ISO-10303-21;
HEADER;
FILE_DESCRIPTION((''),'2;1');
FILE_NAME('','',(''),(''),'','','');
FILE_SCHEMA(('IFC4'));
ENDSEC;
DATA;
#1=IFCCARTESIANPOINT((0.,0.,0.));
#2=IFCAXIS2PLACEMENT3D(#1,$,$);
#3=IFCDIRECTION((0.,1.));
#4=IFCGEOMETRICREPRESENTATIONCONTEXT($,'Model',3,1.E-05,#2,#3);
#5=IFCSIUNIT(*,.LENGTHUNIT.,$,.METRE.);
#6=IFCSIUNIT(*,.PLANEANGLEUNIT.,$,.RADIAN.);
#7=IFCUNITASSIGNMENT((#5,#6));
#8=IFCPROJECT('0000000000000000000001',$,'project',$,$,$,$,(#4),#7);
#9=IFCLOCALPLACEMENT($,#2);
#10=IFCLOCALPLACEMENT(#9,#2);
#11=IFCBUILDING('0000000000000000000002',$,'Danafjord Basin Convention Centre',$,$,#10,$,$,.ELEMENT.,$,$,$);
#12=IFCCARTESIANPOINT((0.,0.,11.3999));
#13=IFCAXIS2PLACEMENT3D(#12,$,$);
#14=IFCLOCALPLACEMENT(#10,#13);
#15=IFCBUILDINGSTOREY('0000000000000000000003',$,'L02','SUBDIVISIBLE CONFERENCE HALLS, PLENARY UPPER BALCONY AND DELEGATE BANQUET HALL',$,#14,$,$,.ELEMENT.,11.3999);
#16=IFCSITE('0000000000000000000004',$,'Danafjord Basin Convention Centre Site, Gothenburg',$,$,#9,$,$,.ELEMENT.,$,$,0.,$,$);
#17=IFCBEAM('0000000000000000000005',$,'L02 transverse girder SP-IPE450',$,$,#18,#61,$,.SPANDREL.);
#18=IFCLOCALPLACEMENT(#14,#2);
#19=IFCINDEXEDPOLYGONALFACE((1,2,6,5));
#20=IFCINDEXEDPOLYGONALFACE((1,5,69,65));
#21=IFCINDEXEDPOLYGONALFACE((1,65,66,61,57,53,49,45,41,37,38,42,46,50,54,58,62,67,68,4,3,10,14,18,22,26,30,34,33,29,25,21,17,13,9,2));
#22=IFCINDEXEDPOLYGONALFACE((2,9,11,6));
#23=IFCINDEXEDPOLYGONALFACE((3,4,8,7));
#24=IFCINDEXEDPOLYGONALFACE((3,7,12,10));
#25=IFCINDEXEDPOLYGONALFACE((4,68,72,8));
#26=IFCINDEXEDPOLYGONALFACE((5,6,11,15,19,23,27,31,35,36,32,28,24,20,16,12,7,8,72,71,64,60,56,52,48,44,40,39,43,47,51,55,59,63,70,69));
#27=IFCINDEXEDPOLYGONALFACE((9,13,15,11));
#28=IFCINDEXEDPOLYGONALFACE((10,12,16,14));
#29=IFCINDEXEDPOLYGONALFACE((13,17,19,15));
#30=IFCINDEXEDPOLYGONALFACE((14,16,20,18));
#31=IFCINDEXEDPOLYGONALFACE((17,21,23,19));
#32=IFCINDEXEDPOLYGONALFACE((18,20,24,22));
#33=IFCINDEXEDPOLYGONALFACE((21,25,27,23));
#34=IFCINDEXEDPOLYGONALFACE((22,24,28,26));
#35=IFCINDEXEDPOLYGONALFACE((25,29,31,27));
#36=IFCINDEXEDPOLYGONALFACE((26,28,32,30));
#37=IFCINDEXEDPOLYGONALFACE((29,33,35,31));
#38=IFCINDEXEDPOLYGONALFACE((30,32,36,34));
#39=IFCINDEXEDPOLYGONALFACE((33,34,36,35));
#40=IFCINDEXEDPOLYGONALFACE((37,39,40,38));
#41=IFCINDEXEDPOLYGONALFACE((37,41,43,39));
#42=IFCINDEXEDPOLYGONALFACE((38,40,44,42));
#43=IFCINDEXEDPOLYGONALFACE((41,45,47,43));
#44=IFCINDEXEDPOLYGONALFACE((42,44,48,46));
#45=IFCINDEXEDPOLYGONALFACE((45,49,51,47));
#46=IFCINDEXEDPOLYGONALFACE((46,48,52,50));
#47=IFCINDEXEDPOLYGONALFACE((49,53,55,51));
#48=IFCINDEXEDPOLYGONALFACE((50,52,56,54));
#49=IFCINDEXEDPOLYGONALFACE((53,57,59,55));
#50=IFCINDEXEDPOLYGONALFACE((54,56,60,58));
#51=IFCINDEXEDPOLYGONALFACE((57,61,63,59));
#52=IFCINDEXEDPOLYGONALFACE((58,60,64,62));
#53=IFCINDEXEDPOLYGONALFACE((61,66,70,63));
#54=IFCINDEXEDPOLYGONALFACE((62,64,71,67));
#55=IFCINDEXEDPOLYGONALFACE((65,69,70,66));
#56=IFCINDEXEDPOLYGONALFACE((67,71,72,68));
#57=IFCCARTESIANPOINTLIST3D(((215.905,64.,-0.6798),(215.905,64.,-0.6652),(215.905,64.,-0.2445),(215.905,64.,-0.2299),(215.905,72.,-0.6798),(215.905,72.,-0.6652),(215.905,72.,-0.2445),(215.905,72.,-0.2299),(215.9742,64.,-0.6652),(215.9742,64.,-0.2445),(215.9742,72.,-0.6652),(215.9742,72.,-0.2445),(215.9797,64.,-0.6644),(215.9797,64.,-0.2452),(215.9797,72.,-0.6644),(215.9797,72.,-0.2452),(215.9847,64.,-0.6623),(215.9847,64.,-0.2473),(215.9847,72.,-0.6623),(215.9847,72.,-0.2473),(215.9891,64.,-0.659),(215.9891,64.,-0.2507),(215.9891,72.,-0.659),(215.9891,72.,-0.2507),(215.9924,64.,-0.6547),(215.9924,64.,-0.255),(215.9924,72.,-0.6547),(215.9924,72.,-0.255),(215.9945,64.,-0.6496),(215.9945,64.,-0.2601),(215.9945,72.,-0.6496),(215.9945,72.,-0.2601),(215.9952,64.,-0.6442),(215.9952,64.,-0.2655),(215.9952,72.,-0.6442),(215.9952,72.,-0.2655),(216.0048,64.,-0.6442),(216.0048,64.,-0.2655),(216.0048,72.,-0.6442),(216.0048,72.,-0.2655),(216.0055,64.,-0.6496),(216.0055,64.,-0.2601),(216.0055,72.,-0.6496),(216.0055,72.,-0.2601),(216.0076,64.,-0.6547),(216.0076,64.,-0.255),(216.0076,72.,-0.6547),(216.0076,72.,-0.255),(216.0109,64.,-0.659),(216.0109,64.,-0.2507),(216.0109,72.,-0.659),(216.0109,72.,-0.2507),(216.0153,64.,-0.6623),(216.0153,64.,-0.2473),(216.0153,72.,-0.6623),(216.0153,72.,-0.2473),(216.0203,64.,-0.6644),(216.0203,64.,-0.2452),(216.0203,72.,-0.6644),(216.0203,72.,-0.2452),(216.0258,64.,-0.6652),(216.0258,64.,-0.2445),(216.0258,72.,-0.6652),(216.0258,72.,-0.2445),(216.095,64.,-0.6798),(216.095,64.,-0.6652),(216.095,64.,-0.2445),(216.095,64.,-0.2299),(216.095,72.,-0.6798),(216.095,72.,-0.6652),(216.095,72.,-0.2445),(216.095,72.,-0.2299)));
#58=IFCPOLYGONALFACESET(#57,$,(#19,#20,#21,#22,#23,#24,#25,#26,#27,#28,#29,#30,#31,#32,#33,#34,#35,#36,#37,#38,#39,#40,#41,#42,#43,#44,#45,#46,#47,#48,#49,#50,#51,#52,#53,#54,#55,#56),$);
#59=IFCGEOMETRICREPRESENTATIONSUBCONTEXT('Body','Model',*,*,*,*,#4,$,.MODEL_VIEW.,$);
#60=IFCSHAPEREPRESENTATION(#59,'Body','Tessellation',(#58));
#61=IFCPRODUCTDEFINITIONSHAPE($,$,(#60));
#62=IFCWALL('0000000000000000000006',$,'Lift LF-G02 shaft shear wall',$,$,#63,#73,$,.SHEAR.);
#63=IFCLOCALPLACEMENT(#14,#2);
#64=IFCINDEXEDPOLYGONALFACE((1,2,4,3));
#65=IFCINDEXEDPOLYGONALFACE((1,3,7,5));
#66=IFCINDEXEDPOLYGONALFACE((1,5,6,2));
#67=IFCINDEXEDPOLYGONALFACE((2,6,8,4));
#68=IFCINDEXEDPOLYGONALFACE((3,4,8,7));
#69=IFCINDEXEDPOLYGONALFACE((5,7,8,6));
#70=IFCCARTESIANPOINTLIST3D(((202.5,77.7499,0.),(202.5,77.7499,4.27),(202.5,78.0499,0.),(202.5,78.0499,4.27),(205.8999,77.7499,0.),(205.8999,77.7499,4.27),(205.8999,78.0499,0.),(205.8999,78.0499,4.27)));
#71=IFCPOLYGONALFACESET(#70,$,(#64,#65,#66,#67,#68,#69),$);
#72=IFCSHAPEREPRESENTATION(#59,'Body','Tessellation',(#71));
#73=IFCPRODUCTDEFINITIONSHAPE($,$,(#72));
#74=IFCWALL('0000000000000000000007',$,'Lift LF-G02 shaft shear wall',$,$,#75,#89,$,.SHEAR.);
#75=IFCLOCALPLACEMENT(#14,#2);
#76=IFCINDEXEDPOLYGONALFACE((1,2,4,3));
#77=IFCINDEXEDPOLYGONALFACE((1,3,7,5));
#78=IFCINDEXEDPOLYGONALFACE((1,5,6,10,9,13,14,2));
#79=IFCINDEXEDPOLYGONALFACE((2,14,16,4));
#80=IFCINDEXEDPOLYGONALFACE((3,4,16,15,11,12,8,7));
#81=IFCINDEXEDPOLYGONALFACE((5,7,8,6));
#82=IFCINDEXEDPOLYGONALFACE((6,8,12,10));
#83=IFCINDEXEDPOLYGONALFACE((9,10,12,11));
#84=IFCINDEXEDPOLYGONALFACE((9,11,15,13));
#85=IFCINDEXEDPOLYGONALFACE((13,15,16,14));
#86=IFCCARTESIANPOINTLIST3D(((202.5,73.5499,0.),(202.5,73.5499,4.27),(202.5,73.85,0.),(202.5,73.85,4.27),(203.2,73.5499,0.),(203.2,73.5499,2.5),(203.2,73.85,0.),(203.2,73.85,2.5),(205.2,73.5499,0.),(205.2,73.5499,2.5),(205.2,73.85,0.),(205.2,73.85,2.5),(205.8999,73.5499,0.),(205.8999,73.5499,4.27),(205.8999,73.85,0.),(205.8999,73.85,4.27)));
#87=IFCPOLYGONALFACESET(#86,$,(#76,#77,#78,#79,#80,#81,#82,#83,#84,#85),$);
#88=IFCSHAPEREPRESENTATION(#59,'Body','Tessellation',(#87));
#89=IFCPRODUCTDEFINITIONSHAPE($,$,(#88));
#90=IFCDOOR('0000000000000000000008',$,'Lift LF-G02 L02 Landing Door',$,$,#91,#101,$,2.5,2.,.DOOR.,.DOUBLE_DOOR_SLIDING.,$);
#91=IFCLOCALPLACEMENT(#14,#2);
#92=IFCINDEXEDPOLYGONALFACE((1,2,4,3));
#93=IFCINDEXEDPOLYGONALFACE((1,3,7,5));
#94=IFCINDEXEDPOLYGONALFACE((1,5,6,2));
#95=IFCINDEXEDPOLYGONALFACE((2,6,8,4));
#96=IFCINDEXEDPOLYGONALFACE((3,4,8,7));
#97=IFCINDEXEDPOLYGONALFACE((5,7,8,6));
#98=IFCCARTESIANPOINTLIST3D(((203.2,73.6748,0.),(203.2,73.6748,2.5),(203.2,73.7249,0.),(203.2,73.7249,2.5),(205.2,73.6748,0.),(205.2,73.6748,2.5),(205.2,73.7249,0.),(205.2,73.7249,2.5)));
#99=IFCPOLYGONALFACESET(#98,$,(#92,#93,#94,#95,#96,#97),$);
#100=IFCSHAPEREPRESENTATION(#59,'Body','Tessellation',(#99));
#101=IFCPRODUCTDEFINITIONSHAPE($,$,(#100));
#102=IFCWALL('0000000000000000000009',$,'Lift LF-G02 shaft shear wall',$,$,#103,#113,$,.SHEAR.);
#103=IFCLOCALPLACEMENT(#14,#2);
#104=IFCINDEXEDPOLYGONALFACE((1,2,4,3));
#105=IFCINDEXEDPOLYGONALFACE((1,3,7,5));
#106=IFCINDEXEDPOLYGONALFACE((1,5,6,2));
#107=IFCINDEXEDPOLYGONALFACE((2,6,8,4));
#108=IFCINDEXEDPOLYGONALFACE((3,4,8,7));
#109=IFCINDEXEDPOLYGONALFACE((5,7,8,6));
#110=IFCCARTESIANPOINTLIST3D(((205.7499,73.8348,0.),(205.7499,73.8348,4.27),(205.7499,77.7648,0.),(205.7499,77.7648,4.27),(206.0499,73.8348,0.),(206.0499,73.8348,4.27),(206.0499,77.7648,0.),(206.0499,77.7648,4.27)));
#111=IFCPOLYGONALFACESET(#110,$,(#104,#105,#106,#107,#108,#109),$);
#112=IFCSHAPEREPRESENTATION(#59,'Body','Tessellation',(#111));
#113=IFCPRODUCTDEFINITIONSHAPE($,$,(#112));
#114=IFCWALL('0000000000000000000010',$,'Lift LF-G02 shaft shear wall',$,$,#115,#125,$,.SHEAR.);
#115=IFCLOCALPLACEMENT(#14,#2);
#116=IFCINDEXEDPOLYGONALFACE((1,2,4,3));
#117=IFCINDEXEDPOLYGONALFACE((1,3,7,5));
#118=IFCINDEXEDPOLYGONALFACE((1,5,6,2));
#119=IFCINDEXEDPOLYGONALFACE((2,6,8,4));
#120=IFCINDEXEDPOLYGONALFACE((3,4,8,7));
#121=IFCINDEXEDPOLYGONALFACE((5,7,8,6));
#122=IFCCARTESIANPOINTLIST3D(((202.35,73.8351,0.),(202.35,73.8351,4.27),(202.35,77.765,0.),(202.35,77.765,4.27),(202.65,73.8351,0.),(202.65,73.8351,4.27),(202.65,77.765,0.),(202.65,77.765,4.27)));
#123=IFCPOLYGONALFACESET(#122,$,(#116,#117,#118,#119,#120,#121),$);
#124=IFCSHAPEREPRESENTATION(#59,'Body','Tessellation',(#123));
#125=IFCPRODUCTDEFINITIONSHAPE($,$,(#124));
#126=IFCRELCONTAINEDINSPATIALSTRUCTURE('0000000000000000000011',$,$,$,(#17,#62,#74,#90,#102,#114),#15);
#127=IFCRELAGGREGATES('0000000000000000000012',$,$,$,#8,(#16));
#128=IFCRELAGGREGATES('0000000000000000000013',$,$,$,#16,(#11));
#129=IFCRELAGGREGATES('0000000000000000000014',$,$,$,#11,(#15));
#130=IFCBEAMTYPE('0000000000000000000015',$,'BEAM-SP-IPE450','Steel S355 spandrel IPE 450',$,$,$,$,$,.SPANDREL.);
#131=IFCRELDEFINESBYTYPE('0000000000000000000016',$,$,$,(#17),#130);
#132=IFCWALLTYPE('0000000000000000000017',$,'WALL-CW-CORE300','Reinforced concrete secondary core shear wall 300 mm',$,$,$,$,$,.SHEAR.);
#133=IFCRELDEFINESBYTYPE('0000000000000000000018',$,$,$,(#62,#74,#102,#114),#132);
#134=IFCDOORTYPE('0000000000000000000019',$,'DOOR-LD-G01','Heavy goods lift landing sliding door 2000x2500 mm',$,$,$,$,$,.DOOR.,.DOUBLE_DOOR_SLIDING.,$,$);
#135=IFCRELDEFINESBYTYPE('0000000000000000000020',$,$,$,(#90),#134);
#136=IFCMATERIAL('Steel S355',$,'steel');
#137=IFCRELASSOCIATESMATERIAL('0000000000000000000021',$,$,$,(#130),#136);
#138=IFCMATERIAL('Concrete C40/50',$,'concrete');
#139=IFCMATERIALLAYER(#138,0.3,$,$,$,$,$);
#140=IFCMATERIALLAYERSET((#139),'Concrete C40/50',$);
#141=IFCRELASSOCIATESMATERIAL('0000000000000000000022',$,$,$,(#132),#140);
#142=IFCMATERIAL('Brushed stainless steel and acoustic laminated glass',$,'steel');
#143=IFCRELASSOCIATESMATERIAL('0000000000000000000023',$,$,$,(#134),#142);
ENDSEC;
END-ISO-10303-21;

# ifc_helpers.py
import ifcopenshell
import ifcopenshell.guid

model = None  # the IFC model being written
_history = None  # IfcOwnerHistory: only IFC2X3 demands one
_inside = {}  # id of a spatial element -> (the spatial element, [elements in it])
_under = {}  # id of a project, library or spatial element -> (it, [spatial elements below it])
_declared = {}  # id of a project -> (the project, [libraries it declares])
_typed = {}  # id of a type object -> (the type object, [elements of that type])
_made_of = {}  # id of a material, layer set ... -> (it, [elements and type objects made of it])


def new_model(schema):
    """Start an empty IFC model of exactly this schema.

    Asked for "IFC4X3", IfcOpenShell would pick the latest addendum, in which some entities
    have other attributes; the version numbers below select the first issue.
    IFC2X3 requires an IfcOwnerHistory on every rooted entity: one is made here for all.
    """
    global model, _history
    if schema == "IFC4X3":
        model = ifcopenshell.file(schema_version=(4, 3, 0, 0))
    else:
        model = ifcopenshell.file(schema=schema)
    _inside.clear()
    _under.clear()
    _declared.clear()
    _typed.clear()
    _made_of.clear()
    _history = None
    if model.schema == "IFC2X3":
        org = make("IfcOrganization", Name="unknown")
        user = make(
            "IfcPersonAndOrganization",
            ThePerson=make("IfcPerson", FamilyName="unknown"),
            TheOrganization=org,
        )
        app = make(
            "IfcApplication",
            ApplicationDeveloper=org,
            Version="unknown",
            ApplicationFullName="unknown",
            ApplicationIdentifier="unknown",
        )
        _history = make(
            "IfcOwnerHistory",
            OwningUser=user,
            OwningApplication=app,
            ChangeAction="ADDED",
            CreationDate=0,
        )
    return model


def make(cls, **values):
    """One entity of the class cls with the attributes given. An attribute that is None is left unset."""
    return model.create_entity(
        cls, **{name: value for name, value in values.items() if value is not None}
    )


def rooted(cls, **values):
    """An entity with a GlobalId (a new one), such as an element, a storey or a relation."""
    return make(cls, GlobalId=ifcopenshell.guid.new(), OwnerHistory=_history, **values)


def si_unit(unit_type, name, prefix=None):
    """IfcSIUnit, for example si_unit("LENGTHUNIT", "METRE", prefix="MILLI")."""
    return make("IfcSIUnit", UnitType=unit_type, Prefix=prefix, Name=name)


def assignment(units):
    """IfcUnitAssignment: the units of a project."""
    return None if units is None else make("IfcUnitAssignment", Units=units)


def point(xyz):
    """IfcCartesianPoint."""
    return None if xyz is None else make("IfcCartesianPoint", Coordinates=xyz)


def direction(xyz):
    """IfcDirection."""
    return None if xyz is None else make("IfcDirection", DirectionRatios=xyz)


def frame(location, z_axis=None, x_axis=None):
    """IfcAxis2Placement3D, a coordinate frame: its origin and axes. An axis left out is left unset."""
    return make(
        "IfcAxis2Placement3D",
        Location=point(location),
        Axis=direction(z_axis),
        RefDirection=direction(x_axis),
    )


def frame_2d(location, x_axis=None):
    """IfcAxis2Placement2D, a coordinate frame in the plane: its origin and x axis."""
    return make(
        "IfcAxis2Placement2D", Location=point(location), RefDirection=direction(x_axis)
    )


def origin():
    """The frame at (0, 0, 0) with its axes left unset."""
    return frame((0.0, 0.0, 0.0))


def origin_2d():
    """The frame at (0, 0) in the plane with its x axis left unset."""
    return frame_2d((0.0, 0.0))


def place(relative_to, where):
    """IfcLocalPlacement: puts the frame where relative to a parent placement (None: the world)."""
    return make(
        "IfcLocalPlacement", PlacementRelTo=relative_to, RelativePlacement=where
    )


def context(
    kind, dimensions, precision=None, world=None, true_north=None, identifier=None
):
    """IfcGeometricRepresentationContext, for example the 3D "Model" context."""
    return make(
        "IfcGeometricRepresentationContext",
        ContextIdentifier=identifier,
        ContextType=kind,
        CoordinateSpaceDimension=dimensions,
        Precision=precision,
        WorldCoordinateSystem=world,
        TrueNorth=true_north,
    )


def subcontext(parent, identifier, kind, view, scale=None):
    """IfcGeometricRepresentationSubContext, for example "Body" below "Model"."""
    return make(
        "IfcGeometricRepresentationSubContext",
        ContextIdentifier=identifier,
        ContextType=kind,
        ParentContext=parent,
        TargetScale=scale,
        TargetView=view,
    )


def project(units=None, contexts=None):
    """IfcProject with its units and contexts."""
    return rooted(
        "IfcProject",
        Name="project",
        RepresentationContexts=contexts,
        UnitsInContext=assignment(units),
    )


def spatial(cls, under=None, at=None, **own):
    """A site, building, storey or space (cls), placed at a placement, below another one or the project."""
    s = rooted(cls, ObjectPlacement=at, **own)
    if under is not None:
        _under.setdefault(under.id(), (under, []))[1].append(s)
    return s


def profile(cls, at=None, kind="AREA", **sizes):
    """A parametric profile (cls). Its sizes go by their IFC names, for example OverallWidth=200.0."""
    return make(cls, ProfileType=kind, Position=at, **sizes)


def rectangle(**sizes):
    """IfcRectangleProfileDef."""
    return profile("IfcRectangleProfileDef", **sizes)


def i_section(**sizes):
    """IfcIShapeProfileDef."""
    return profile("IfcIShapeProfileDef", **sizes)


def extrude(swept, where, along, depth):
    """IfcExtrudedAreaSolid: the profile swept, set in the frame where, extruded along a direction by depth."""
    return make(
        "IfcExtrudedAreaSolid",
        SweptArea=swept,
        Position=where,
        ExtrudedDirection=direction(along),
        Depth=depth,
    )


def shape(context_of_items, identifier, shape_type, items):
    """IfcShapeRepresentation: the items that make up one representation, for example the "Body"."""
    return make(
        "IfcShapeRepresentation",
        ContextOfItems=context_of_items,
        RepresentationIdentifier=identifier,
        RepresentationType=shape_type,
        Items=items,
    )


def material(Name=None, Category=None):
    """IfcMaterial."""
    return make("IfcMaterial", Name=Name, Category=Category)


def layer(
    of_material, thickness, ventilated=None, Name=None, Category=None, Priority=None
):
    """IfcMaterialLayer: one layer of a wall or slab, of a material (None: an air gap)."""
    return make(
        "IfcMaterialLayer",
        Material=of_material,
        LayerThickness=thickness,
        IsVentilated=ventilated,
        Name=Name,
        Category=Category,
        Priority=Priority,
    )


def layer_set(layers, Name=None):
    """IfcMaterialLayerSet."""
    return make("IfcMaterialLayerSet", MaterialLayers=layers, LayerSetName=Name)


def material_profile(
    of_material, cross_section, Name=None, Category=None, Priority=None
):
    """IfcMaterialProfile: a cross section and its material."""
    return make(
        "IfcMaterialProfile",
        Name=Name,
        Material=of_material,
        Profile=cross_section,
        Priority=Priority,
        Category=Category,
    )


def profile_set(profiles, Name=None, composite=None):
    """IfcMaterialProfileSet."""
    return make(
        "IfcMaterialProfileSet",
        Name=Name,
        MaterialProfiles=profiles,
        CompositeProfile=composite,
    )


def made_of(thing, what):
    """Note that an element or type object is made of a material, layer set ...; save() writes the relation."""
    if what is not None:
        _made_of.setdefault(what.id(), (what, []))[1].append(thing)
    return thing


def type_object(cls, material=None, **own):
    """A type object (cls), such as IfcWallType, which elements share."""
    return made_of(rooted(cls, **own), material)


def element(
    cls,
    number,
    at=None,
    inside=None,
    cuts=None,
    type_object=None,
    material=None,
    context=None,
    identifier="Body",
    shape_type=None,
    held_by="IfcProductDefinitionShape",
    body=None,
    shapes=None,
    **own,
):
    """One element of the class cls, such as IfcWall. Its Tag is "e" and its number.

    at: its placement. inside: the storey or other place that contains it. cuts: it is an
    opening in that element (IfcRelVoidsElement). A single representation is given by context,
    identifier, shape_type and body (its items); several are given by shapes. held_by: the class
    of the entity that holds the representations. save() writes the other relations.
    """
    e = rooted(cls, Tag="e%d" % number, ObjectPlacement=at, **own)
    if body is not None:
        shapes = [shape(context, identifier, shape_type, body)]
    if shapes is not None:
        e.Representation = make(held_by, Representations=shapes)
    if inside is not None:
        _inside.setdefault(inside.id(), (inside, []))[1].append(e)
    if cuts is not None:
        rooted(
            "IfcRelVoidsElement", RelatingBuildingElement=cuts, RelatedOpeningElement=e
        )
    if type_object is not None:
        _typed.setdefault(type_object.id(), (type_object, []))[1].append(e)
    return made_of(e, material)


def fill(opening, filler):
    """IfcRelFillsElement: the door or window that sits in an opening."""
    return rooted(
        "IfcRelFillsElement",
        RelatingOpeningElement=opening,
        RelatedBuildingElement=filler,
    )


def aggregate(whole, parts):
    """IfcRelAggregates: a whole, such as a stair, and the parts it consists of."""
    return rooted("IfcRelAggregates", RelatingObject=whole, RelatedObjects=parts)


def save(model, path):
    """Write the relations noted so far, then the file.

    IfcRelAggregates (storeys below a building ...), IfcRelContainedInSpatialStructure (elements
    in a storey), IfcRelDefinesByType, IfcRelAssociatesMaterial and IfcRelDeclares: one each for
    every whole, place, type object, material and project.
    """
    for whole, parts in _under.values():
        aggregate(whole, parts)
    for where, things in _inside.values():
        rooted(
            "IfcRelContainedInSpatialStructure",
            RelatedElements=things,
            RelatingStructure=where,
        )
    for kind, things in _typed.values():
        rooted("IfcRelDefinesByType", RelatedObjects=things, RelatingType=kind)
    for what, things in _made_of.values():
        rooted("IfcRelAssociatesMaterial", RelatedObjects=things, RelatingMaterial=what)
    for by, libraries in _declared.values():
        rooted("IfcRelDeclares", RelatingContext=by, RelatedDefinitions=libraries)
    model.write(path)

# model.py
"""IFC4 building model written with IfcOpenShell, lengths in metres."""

from ifc_helpers import new_model, si_unit, direction, frame, frame_2d, origin, origin_2d, place, context, subcontext, project, spatial, rectangle, i_section, extrude, material, layer, layer_set, material_profile, profile_set, type_object, element, fill, save


model = new_model("IFC4")

# Units and contexts
model_context = context("Model", 3, precision=1e-05, world=origin(), true_north=direction((0.0, 1.0)))
body_context = subcontext(model_context, "Body", "Model", "MODEL_VIEW")
ifc_project = project(units=[si_unit("LENGTHUNIT", "METRE"), si_unit("PLANEANGLEUNIT", "RADIAN")], contexts=[model_context])

# Site, building, storey
site_placement = place(None, origin())
site = spatial("IfcSite", under=ifc_project, at=site_placement, Name="Danafjord Basin Convention Centre Site, Gothenburg", CompositionType="ELEMENT", RefElevation=0.0)
building_placement = place(site_placement, origin())
building = spatial("IfcBuilding", under=site, at=building_placement, Name="Danafjord Basin Convention Centre", CompositionType="ELEMENT")
storey_placement = place(building_placement, frame((0.0, 0.0, 11.3999)))
storey = spatial("IfcBuildingStorey", under=building, at=storey_placement, Name="L02", Description="SUBDIVISIBLE CONFERENCE HALLS, PLENARY UPPER BALCONY AND DELEGATE BANQUET HALL", CompositionType="ELEMENT", Elevation=11.3999)

# Shared definitions
ifc_material_1 = material(Name="Steel S355", Category="steel")

# Beam
ifc_material_profile_1 = material_profile(ifc_material_1, i_section(OverallWidth=0.1899, OverallDepth=0.45, WebThickness=0.0095, FlangeThickness=0.0146, FilletRadius=0.021, at=origin_2d()), Name="IPE 450")
ifc_profile_set_1 = profile_set([ifc_material_profile_1], Name="Steel S355")
beam_type_1 = type_object("IfcBeamType", Name="BEAM-SP-IPE450", Description="Steel S355 spandrel IPE 450", PredefinedType="SPANDREL", material=ifc_profile_set_1)
beam_1_placement = place(storey_placement, frame((216.0, 64.0, -0.4548), z_axis=(0.0, 1.0, 0.0), x_axis=(-1.0, 0.0, 0.0)))
element("IfcBeam", 1, at=beam_1_placement, inside=storey, type_object=beam_type_1, Name="L02 transverse girder SP-IPE450", PredefinedType="SPANDREL", context=body_context, shape_type="SweptSolid", body=[
    extrude(i_section(OverallWidth=0.1899, OverallDepth=0.45, WebThickness=0.0095, FlangeThickness=0.0146, FilletRadius=0.021, at=origin_2d()), origin(), (0.0, 0.0, 1.0), 8.0),
])

# Wall
ifc_material_2 = material(Name="Concrete C40/50", Category="concrete")
ifc_layer = layer(ifc_material_2, 0.3)
ifc_layer_set = layer_set([ifc_layer], Name="Concrete C40/50")
wall_type = type_object("IfcWallType", Name="WALL-CW-CORE300", Description="Reinforced concrete secondary core shear wall 300 mm", PredefinedType="SHEAR", material=ifc_layer_set)
wall_1_placement = place(storey_placement, frame((205.8999, 77.8999, 0.0), z_axis=(0.0, 0.0, 1.0), x_axis=(-1.0, 0.0, 0.0)))
element("IfcWall", 2, at=wall_1_placement, inside=storey, type_object=wall_type, Name="Lift LF-G02 shaft shear wall", PredefinedType="SHEAR", context=body_context, shape_type="SweptSolid", body=[
    extrude(rectangle(XDim=3.3999, YDim=0.3, at=frame_2d((1.7, 0.0))), origin(), (0.0, 0.0, 1.0), 4.27),
])

# Wall, opening, door
wall_2_placement = place(storey_placement, frame((202.5, 73.7, 0.0), z_axis=(0.0, 0.0, 1.0), x_axis=(1.0, 0.0, 0.0)))
wall_2 = element("IfcWall", 3, at=wall_2_placement, inside=storey, type_object=wall_type, Name="Lift LF-G02 shaft shear wall", PredefinedType="SHEAR", context=body_context, shape_type="SweptSolid", body=[
    extrude(rectangle(XDim=3.3999, YDim=0.3, at=frame_2d((1.7, 0.0))), origin(), (0.0, 0.0, 1.0), 4.27),
])
opening_placement = place(wall_2_placement, frame((0.7, 0.0, 0.0)))
opening = element("IfcOpeningElement", 4, at=opening_placement, cuts=wall_2, PredefinedType="OPENING", context=body_context, shape_type="SweptSolid", body=[
    extrude(rectangle(XDim=2.0, YDim=2.5, at=frame_2d((1.0, 1.25))), frame((0.0, 0.1599, 0.0), z_axis=(0.0, -1.0, 0.0), x_axis=(1.0, 0.0, 0.0)), (0.0, 0.0, 1.0), 0.3201),
])
ifc_material_3 = material(Name="Brushed stainless steel and acoustic laminated glass", Category="steel")
door_type = type_object("IfcDoorType", Name="DOOR-LD-G01", Description="Heavy goods lift landing sliding door 2000x2500 mm", OperationType="DOUBLE_DOOR_SLIDING", PredefinedType="DOOR", material=ifc_material_3)
door_placement = place(opening_placement, origin())
door = element("IfcDoor", 5, at=door_placement, inside=storey, type_object=door_type, Name="Lift LF-G02 L02 Landing Door", OperationType="DOUBLE_DOOR_SLIDING", OverallHeight=2.5, OverallWidth=2.0, PredefinedType="DOOR", context=body_context, shape_type="SweptSolid", body=[
    extrude(rectangle(XDim=2.0, YDim=2.5, at=frame_2d((1.0, 1.25))), frame((0.0, 0.0249, 0.0), z_axis=(0.0, -1.0, 0.0), x_axis=(1.0, 0.0, 0.0)), (0.0, 0.0, 1.0), 0.05),
])
fill(opening, door)

# Walls
for number, where, z_axis, x_axis, name in (
    (6, (205.8999, 73.835, 0.0), (0.0, 0.0, 1.0), (0.0, 1.0, 0.0), "Lift LF-G02 shaft shear wall"),
    (7, (202.5, 77.7649, 0.0), (0.0, 0.0, 1.0), (0.0, -1.0, 0.0), "Lift LF-G02 shaft shear wall"),
):
    element("IfcWall", number, at=place(storey_placement, frame(where, z_axis=z_axis, x_axis=x_axis)), inside=storey, type_object=wall_type, Name=name, PredefinedType="SHEAR", context=body_context, shape_type="SweptSolid", body=[
        extrude(rectangle(XDim=3.9299, YDim=0.3, at=frame_2d((1.9648, 0.0))), origin(), (0.0, 0.0, 1.0), 4.27),
    ])

save(model, "model.ifc")
